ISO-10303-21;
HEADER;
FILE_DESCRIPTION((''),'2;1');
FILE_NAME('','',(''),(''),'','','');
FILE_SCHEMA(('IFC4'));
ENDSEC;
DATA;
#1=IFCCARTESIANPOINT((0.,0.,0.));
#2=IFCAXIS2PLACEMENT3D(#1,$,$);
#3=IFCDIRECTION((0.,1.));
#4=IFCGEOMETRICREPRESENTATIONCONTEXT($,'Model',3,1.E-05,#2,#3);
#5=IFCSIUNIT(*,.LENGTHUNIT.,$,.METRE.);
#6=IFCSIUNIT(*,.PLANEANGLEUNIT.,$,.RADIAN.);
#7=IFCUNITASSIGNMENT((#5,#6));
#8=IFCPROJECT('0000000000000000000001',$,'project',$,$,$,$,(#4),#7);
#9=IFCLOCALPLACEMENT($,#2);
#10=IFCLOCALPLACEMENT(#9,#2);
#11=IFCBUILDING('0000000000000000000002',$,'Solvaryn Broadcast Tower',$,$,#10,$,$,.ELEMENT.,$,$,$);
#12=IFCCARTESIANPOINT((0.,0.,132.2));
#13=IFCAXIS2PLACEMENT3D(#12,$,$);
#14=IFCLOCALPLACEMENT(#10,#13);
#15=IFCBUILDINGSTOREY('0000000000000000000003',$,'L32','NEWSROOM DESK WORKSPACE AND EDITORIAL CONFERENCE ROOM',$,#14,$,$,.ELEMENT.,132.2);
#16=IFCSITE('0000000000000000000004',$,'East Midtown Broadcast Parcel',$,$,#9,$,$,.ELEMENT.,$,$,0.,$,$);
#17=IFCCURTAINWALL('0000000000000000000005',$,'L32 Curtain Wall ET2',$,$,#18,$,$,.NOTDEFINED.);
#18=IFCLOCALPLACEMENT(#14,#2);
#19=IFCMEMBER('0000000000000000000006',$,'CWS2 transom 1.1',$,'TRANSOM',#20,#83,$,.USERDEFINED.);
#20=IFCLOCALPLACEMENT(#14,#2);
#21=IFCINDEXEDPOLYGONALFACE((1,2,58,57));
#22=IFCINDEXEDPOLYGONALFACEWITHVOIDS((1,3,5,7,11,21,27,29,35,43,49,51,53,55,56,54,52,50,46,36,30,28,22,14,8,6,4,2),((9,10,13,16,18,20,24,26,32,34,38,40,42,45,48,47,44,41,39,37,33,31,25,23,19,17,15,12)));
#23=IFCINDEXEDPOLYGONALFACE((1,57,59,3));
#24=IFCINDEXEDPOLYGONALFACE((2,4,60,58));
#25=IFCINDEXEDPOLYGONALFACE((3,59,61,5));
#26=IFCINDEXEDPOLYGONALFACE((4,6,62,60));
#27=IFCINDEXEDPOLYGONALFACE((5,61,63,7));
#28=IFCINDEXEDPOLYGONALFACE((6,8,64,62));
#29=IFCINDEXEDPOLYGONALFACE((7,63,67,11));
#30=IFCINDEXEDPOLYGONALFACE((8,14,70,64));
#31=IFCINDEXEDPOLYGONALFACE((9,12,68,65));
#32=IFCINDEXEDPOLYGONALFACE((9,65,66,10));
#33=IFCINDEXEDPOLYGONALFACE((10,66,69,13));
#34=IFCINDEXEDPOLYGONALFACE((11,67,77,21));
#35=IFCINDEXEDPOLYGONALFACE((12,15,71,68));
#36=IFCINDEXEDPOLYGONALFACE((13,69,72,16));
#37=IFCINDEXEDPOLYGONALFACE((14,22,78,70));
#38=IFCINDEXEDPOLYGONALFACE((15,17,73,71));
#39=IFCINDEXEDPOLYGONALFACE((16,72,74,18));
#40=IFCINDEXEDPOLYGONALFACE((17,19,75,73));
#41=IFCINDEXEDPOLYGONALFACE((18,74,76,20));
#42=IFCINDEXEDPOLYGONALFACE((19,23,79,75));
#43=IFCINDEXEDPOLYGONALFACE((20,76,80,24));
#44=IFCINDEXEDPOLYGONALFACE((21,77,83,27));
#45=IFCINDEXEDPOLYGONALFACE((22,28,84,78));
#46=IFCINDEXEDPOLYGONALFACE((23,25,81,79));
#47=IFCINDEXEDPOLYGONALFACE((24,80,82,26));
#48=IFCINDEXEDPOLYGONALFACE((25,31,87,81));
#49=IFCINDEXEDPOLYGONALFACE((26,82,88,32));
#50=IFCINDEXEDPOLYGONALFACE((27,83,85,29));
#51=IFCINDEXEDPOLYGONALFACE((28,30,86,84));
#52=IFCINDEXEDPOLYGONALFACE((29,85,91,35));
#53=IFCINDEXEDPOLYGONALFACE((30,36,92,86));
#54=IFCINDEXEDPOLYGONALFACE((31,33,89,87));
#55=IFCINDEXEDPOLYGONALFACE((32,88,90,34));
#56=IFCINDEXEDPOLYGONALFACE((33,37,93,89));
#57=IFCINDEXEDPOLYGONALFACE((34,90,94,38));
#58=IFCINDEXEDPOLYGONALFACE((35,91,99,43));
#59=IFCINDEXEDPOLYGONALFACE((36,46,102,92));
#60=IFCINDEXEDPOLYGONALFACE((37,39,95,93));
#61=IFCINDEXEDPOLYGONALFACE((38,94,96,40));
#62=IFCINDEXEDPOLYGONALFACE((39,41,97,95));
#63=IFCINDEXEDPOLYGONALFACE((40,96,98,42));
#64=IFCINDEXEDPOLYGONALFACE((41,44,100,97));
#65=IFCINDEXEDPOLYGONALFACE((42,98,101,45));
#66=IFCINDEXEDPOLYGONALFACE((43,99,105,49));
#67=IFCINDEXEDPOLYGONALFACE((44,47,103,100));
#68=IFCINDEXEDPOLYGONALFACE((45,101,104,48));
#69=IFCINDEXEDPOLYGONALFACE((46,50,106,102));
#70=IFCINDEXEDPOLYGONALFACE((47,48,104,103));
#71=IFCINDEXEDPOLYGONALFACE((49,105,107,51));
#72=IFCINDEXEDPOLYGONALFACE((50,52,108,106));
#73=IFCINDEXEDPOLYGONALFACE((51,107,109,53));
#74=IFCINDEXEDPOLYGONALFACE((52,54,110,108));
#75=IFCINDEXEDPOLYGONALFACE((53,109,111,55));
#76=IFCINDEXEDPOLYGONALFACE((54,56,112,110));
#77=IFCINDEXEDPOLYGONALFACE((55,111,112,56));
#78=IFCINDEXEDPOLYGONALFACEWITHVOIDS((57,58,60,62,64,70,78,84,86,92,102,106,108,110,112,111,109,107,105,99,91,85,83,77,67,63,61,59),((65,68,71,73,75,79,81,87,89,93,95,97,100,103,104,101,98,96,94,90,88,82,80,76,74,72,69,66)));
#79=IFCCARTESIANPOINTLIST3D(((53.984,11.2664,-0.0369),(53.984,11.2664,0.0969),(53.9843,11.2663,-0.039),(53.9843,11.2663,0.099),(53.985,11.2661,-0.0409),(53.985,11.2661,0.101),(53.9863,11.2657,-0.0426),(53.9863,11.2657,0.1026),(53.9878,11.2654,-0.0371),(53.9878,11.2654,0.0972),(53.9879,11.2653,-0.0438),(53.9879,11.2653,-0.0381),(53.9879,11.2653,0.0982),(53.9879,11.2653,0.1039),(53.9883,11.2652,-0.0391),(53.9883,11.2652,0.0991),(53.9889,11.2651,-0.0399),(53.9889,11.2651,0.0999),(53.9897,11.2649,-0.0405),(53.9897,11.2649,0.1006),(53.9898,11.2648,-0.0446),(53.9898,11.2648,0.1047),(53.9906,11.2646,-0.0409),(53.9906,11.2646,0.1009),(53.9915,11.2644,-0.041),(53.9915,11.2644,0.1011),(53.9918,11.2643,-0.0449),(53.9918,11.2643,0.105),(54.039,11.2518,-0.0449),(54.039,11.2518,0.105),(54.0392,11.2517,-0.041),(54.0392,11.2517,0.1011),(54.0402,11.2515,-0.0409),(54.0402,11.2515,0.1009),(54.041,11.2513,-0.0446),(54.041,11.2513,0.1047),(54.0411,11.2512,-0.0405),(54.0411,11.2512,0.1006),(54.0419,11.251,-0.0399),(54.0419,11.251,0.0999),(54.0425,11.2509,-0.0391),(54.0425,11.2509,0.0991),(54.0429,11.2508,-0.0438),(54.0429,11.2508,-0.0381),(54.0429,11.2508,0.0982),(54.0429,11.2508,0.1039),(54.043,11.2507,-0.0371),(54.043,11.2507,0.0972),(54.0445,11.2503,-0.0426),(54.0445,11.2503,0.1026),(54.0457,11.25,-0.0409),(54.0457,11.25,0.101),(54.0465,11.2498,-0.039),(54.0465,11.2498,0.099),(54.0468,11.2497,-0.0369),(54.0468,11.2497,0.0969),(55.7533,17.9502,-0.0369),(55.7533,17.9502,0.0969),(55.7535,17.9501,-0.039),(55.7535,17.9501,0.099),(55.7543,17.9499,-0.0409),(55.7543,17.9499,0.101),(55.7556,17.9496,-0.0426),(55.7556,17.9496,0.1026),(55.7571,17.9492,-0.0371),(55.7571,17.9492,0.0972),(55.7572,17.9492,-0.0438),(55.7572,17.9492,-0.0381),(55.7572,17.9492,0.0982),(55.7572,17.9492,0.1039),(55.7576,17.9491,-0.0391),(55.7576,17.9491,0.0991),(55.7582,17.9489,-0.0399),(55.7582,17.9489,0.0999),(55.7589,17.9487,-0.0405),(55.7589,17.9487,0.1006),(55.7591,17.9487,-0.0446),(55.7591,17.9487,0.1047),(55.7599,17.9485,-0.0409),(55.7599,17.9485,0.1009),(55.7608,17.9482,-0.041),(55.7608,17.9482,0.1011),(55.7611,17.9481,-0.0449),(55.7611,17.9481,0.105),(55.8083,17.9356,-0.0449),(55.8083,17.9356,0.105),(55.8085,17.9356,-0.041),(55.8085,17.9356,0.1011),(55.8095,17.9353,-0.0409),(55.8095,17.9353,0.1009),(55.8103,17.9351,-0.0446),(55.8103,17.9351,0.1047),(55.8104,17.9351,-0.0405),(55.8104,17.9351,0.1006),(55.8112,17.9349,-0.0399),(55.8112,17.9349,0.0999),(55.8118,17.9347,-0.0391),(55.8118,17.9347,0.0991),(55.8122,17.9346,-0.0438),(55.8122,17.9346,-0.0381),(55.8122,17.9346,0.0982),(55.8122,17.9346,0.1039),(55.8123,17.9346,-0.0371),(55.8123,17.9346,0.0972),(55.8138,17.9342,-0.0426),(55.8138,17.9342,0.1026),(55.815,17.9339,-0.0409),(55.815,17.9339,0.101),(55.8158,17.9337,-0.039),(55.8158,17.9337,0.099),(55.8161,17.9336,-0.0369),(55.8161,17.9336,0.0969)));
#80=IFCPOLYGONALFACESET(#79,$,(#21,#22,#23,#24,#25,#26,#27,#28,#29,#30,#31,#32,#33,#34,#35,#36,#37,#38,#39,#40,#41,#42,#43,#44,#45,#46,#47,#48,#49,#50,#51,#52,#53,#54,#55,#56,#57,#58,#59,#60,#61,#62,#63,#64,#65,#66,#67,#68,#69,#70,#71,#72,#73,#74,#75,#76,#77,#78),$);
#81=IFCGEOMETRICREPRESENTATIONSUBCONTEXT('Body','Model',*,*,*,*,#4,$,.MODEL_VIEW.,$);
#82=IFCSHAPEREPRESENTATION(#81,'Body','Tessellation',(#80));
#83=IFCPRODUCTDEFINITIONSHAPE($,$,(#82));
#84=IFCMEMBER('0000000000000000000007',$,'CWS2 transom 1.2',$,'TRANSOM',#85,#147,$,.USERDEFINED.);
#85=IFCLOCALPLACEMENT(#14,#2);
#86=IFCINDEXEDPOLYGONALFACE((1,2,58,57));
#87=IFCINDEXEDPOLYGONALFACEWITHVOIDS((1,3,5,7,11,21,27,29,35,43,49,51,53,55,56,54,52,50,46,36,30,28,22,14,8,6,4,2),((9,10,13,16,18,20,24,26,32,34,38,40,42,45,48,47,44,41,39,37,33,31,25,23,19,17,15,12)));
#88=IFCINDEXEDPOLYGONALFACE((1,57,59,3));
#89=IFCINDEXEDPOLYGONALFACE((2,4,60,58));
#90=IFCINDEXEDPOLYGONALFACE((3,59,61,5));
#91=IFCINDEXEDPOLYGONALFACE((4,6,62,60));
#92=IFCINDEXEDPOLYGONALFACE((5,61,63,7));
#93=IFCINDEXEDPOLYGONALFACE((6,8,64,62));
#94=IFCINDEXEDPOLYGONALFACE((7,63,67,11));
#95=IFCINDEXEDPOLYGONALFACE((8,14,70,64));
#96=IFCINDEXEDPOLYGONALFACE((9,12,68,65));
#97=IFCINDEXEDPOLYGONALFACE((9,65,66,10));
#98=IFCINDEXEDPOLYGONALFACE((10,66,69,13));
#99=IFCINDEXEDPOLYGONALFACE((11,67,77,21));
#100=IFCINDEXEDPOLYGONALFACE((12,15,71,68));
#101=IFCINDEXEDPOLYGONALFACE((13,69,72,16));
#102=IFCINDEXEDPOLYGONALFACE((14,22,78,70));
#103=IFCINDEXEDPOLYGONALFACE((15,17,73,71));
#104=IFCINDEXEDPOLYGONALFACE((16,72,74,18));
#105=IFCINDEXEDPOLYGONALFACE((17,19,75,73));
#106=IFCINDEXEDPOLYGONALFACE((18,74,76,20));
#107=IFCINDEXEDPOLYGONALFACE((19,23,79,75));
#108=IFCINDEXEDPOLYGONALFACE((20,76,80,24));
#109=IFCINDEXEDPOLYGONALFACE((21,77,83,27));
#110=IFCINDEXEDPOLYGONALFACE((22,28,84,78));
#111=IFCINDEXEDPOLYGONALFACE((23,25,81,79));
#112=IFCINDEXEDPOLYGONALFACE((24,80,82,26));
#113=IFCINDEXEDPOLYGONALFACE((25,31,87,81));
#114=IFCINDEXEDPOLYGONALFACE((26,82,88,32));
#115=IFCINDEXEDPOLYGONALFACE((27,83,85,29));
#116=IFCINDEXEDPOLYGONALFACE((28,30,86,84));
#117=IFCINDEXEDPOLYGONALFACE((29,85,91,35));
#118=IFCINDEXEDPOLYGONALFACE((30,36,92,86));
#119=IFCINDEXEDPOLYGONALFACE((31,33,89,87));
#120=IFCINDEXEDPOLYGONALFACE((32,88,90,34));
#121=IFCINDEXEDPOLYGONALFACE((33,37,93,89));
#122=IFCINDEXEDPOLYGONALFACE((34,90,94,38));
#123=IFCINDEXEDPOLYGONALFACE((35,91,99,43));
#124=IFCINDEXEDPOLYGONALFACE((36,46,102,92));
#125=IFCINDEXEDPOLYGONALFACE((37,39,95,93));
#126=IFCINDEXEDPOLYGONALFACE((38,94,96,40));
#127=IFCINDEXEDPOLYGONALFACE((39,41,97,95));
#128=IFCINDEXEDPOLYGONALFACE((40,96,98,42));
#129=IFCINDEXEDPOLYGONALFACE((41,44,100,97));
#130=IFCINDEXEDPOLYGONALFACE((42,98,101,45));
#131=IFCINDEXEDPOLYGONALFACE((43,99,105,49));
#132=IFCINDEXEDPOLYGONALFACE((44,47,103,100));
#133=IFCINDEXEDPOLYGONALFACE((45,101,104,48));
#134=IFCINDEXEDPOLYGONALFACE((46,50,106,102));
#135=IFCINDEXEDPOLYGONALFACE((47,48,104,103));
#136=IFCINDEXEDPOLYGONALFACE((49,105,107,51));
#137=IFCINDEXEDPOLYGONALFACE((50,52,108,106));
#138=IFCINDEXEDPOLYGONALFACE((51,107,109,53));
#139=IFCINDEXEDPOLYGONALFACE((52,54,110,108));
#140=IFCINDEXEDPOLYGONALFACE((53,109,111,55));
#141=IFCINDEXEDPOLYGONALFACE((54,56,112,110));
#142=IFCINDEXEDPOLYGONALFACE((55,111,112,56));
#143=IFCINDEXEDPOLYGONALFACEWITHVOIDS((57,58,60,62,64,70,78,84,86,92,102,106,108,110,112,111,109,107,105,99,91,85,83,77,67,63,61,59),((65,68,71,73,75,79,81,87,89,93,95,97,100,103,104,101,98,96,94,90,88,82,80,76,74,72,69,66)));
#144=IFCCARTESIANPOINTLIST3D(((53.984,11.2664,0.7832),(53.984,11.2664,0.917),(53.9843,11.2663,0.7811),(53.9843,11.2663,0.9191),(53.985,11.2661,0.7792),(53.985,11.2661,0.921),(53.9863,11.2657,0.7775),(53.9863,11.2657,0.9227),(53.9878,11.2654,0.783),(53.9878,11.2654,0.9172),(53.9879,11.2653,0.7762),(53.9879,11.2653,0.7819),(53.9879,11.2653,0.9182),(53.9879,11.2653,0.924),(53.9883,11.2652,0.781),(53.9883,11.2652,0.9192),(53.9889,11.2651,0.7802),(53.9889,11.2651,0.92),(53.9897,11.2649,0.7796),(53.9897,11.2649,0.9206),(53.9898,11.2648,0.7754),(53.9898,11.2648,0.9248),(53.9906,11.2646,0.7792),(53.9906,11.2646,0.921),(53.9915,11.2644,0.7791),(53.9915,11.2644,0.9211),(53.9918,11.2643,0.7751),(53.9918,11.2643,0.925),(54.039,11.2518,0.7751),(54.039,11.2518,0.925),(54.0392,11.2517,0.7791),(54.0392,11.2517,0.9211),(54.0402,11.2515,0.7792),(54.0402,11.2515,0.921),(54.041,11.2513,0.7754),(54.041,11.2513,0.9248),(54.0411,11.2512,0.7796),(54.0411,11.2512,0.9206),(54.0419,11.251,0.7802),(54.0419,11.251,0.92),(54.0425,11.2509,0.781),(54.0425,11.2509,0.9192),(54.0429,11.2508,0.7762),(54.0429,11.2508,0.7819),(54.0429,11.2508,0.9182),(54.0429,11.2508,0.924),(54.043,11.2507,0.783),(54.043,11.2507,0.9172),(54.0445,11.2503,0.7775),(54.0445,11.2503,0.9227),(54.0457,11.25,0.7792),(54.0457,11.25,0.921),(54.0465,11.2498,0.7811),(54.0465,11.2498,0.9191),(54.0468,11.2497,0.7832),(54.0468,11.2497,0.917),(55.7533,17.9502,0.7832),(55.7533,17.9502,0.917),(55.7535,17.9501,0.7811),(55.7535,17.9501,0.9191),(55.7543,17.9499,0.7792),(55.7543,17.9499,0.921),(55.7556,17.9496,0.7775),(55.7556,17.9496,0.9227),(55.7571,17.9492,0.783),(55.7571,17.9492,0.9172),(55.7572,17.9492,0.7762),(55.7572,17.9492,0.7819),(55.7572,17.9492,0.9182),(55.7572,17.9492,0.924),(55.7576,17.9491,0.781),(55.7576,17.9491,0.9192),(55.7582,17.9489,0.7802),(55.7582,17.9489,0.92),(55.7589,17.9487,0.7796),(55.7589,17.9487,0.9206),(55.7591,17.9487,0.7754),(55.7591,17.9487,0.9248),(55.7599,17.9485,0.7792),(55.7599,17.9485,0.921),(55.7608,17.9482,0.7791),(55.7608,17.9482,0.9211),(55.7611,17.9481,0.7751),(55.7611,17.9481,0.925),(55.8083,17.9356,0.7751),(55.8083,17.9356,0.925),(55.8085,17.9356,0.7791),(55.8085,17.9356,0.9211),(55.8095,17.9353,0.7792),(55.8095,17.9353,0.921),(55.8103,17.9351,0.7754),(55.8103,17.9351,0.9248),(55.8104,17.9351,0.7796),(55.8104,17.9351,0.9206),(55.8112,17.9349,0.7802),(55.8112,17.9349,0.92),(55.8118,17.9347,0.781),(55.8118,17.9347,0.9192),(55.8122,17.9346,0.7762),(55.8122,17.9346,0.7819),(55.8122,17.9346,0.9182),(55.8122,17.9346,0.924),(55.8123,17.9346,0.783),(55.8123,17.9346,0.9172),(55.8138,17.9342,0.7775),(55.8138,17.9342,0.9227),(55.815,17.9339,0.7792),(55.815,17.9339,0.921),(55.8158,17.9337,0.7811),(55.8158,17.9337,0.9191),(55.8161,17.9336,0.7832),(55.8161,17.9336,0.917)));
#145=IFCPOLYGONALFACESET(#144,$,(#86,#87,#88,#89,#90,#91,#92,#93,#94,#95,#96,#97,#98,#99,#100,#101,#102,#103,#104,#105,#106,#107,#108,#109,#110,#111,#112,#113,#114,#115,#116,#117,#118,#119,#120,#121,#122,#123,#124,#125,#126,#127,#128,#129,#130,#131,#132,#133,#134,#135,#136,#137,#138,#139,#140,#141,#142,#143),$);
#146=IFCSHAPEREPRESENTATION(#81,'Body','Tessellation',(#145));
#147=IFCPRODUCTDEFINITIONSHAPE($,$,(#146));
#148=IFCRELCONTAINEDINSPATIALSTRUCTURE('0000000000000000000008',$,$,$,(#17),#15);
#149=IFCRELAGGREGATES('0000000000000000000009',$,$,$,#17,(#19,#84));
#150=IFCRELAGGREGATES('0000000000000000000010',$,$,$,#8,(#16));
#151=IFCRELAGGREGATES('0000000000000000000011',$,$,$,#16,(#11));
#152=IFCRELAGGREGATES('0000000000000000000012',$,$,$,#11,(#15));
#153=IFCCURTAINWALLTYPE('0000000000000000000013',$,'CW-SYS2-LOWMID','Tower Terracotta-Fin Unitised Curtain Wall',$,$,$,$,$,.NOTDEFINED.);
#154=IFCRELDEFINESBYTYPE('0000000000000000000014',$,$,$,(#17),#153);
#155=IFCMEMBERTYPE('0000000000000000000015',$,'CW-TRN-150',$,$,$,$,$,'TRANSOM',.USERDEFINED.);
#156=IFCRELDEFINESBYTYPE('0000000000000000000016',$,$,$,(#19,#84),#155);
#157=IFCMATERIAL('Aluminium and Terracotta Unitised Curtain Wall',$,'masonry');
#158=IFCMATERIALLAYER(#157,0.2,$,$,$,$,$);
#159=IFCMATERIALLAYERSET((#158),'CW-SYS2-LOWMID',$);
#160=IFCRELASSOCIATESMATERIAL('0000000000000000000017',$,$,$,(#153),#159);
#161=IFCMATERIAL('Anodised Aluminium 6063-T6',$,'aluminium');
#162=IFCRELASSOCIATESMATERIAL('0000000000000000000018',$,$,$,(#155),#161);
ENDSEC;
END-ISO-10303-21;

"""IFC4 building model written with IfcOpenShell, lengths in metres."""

from ifc_helpers import new_model, si_unit, direction, frame, origin, origin_2d, place, context, subcontext, project, spatial, hollow_rectangle, extrude, material, layer, layer_set, material_profile, profile_set, type_object, element, aggregate, save


model = new_model("IFC4")

# Units and contexts
model_context = context("Model", 3, precision=1e-05, world=origin(), true_north=direction((0.0, 1.0)))
body_context = subcontext(model_context, "Body", "Model", "MODEL_VIEW")
ifc_project = project(units=[si_unit("LENGTHUNIT", "METRE"), si_unit("PLANEANGLEUNIT", "RADIAN")], contexts=[model_context])

# Site, building, storey
site_placement = place(None, origin())
site = spatial("IfcSite", under=ifc_project, at=site_placement, Name="East Midtown Broadcast Parcel", CompositionType="ELEMENT", RefElevation=0.0)
building_placement = place(site_placement, origin())
building = spatial("IfcBuilding", under=site, at=building_placement, Name="Solvaryn Broadcast Tower", CompositionType="ELEMENT")
storey_placement = place(building_placement, frame((0.0, 0.0, 132.2)))
storey = spatial("IfcBuildingStorey", under=building, at=storey_placement, Name="L32", Description="NEWSROOM DESK WORKSPACE AND EDITORIAL CONFERENCE ROOM", CompositionType="ELEMENT", Elevation=132.2)

# Shared definitions
ifc_material_1 = material(Name="Aluminium and Terracotta Unitised Curtain Wall", Category="masonry")
ifc_layer_1 = layer(ifc_material_1, 0.2)
ifc_layer_set_1 = layer_set([ifc_layer_1], Name="CW-SYS2-LOWMID")
curtain_wall_type = type_object("IfcCurtainWallType", Name="CW-SYS2-LOWMID", Description="Tower Terracotta-Fin Unitised Curtain Wall", PredefinedType="NOTDEFINED", material=ifc_layer_set_1)

# Curtain wall, members
curtain_wall_1_placement = place(storey_placement, origin())
curtain_wall_1 = element("IfcCurtainWall", 1, at=curtain_wall_1_placement, inside=storey, type_object=curtain_wall_type, Name="L32 Curtain Wall ET2", PredefinedType="NOTDEFINED")
ifc_material_2 = material(Name="Anodised Aluminium 6063-T6", Category="aluminium")
ifc_material_profile_1 = material_profile(ifc_material_2, hollow_rectangle(XDim=0.0649, YDim=0.1499, WallThickness=0.0039, InnerFilletRadius=0.0039, OuterFilletRadius=0.0081, at=origin_2d()))
ifc_profile_set_1 = profile_set([ifc_material_profile_1], Name="Anodised Aluminium 6063-T6")
member_type_1 = type_object("IfcMemberType", Name="CW-TRN-150", ElementType="TRANSOM", PredefinedType="USERDEFINED", material=ifc_profile_set_1)
member_1_placement = place(storey_placement, frame((55.7847, 17.9419, 0.03), z_axis=(-0.255897, -0.966704, 0.0), x_axis=(0.966704, -0.255897, 0.0)))
member_1 = element("IfcMember", 2, at=member_1_placement, type_object=member_type_1, Name="CWS2 transom 1.1", ObjectType="TRANSOM", PredefinedType="USERDEFINED", context=body_context, shape_type="SweptSolid", body=[
    extrude(hollow_rectangle(XDim=0.0649, YDim=0.1499, WallThickness=0.0039, InnerFilletRadius=0.0039, OuterFilletRadius=0.0081, at=origin_2d()), origin(), (0.0, 0.0, 1.0), 6.9141),
])
member_2_placement = place(storey_placement, frame((55.7847, 17.9419, 0.8501), z_axis=(-0.255897, -0.966704, 0.0), x_axis=(0.966704, -0.255897, 0.0)))
member_2 = element("IfcMember", 3, at=member_2_placement, type_object=member_type_1, Name="CWS2 transom 1.2", ObjectType="TRANSOM", PredefinedType="USERDEFINED", context=body_context, shape_type="SweptSolid", body=[
    extrude(hollow_rectangle(XDim=0.0649, YDim=0.1499, WallThickness=0.0039, InnerFilletRadius=0.0039, OuterFilletRadius=0.0081, at=origin_2d()), origin(), (0.0, 0.0, 1.0), 6.9141),
])

aggregate(curtain_wall_1, [member_1, member_2])

save(model, "model.ifc")
